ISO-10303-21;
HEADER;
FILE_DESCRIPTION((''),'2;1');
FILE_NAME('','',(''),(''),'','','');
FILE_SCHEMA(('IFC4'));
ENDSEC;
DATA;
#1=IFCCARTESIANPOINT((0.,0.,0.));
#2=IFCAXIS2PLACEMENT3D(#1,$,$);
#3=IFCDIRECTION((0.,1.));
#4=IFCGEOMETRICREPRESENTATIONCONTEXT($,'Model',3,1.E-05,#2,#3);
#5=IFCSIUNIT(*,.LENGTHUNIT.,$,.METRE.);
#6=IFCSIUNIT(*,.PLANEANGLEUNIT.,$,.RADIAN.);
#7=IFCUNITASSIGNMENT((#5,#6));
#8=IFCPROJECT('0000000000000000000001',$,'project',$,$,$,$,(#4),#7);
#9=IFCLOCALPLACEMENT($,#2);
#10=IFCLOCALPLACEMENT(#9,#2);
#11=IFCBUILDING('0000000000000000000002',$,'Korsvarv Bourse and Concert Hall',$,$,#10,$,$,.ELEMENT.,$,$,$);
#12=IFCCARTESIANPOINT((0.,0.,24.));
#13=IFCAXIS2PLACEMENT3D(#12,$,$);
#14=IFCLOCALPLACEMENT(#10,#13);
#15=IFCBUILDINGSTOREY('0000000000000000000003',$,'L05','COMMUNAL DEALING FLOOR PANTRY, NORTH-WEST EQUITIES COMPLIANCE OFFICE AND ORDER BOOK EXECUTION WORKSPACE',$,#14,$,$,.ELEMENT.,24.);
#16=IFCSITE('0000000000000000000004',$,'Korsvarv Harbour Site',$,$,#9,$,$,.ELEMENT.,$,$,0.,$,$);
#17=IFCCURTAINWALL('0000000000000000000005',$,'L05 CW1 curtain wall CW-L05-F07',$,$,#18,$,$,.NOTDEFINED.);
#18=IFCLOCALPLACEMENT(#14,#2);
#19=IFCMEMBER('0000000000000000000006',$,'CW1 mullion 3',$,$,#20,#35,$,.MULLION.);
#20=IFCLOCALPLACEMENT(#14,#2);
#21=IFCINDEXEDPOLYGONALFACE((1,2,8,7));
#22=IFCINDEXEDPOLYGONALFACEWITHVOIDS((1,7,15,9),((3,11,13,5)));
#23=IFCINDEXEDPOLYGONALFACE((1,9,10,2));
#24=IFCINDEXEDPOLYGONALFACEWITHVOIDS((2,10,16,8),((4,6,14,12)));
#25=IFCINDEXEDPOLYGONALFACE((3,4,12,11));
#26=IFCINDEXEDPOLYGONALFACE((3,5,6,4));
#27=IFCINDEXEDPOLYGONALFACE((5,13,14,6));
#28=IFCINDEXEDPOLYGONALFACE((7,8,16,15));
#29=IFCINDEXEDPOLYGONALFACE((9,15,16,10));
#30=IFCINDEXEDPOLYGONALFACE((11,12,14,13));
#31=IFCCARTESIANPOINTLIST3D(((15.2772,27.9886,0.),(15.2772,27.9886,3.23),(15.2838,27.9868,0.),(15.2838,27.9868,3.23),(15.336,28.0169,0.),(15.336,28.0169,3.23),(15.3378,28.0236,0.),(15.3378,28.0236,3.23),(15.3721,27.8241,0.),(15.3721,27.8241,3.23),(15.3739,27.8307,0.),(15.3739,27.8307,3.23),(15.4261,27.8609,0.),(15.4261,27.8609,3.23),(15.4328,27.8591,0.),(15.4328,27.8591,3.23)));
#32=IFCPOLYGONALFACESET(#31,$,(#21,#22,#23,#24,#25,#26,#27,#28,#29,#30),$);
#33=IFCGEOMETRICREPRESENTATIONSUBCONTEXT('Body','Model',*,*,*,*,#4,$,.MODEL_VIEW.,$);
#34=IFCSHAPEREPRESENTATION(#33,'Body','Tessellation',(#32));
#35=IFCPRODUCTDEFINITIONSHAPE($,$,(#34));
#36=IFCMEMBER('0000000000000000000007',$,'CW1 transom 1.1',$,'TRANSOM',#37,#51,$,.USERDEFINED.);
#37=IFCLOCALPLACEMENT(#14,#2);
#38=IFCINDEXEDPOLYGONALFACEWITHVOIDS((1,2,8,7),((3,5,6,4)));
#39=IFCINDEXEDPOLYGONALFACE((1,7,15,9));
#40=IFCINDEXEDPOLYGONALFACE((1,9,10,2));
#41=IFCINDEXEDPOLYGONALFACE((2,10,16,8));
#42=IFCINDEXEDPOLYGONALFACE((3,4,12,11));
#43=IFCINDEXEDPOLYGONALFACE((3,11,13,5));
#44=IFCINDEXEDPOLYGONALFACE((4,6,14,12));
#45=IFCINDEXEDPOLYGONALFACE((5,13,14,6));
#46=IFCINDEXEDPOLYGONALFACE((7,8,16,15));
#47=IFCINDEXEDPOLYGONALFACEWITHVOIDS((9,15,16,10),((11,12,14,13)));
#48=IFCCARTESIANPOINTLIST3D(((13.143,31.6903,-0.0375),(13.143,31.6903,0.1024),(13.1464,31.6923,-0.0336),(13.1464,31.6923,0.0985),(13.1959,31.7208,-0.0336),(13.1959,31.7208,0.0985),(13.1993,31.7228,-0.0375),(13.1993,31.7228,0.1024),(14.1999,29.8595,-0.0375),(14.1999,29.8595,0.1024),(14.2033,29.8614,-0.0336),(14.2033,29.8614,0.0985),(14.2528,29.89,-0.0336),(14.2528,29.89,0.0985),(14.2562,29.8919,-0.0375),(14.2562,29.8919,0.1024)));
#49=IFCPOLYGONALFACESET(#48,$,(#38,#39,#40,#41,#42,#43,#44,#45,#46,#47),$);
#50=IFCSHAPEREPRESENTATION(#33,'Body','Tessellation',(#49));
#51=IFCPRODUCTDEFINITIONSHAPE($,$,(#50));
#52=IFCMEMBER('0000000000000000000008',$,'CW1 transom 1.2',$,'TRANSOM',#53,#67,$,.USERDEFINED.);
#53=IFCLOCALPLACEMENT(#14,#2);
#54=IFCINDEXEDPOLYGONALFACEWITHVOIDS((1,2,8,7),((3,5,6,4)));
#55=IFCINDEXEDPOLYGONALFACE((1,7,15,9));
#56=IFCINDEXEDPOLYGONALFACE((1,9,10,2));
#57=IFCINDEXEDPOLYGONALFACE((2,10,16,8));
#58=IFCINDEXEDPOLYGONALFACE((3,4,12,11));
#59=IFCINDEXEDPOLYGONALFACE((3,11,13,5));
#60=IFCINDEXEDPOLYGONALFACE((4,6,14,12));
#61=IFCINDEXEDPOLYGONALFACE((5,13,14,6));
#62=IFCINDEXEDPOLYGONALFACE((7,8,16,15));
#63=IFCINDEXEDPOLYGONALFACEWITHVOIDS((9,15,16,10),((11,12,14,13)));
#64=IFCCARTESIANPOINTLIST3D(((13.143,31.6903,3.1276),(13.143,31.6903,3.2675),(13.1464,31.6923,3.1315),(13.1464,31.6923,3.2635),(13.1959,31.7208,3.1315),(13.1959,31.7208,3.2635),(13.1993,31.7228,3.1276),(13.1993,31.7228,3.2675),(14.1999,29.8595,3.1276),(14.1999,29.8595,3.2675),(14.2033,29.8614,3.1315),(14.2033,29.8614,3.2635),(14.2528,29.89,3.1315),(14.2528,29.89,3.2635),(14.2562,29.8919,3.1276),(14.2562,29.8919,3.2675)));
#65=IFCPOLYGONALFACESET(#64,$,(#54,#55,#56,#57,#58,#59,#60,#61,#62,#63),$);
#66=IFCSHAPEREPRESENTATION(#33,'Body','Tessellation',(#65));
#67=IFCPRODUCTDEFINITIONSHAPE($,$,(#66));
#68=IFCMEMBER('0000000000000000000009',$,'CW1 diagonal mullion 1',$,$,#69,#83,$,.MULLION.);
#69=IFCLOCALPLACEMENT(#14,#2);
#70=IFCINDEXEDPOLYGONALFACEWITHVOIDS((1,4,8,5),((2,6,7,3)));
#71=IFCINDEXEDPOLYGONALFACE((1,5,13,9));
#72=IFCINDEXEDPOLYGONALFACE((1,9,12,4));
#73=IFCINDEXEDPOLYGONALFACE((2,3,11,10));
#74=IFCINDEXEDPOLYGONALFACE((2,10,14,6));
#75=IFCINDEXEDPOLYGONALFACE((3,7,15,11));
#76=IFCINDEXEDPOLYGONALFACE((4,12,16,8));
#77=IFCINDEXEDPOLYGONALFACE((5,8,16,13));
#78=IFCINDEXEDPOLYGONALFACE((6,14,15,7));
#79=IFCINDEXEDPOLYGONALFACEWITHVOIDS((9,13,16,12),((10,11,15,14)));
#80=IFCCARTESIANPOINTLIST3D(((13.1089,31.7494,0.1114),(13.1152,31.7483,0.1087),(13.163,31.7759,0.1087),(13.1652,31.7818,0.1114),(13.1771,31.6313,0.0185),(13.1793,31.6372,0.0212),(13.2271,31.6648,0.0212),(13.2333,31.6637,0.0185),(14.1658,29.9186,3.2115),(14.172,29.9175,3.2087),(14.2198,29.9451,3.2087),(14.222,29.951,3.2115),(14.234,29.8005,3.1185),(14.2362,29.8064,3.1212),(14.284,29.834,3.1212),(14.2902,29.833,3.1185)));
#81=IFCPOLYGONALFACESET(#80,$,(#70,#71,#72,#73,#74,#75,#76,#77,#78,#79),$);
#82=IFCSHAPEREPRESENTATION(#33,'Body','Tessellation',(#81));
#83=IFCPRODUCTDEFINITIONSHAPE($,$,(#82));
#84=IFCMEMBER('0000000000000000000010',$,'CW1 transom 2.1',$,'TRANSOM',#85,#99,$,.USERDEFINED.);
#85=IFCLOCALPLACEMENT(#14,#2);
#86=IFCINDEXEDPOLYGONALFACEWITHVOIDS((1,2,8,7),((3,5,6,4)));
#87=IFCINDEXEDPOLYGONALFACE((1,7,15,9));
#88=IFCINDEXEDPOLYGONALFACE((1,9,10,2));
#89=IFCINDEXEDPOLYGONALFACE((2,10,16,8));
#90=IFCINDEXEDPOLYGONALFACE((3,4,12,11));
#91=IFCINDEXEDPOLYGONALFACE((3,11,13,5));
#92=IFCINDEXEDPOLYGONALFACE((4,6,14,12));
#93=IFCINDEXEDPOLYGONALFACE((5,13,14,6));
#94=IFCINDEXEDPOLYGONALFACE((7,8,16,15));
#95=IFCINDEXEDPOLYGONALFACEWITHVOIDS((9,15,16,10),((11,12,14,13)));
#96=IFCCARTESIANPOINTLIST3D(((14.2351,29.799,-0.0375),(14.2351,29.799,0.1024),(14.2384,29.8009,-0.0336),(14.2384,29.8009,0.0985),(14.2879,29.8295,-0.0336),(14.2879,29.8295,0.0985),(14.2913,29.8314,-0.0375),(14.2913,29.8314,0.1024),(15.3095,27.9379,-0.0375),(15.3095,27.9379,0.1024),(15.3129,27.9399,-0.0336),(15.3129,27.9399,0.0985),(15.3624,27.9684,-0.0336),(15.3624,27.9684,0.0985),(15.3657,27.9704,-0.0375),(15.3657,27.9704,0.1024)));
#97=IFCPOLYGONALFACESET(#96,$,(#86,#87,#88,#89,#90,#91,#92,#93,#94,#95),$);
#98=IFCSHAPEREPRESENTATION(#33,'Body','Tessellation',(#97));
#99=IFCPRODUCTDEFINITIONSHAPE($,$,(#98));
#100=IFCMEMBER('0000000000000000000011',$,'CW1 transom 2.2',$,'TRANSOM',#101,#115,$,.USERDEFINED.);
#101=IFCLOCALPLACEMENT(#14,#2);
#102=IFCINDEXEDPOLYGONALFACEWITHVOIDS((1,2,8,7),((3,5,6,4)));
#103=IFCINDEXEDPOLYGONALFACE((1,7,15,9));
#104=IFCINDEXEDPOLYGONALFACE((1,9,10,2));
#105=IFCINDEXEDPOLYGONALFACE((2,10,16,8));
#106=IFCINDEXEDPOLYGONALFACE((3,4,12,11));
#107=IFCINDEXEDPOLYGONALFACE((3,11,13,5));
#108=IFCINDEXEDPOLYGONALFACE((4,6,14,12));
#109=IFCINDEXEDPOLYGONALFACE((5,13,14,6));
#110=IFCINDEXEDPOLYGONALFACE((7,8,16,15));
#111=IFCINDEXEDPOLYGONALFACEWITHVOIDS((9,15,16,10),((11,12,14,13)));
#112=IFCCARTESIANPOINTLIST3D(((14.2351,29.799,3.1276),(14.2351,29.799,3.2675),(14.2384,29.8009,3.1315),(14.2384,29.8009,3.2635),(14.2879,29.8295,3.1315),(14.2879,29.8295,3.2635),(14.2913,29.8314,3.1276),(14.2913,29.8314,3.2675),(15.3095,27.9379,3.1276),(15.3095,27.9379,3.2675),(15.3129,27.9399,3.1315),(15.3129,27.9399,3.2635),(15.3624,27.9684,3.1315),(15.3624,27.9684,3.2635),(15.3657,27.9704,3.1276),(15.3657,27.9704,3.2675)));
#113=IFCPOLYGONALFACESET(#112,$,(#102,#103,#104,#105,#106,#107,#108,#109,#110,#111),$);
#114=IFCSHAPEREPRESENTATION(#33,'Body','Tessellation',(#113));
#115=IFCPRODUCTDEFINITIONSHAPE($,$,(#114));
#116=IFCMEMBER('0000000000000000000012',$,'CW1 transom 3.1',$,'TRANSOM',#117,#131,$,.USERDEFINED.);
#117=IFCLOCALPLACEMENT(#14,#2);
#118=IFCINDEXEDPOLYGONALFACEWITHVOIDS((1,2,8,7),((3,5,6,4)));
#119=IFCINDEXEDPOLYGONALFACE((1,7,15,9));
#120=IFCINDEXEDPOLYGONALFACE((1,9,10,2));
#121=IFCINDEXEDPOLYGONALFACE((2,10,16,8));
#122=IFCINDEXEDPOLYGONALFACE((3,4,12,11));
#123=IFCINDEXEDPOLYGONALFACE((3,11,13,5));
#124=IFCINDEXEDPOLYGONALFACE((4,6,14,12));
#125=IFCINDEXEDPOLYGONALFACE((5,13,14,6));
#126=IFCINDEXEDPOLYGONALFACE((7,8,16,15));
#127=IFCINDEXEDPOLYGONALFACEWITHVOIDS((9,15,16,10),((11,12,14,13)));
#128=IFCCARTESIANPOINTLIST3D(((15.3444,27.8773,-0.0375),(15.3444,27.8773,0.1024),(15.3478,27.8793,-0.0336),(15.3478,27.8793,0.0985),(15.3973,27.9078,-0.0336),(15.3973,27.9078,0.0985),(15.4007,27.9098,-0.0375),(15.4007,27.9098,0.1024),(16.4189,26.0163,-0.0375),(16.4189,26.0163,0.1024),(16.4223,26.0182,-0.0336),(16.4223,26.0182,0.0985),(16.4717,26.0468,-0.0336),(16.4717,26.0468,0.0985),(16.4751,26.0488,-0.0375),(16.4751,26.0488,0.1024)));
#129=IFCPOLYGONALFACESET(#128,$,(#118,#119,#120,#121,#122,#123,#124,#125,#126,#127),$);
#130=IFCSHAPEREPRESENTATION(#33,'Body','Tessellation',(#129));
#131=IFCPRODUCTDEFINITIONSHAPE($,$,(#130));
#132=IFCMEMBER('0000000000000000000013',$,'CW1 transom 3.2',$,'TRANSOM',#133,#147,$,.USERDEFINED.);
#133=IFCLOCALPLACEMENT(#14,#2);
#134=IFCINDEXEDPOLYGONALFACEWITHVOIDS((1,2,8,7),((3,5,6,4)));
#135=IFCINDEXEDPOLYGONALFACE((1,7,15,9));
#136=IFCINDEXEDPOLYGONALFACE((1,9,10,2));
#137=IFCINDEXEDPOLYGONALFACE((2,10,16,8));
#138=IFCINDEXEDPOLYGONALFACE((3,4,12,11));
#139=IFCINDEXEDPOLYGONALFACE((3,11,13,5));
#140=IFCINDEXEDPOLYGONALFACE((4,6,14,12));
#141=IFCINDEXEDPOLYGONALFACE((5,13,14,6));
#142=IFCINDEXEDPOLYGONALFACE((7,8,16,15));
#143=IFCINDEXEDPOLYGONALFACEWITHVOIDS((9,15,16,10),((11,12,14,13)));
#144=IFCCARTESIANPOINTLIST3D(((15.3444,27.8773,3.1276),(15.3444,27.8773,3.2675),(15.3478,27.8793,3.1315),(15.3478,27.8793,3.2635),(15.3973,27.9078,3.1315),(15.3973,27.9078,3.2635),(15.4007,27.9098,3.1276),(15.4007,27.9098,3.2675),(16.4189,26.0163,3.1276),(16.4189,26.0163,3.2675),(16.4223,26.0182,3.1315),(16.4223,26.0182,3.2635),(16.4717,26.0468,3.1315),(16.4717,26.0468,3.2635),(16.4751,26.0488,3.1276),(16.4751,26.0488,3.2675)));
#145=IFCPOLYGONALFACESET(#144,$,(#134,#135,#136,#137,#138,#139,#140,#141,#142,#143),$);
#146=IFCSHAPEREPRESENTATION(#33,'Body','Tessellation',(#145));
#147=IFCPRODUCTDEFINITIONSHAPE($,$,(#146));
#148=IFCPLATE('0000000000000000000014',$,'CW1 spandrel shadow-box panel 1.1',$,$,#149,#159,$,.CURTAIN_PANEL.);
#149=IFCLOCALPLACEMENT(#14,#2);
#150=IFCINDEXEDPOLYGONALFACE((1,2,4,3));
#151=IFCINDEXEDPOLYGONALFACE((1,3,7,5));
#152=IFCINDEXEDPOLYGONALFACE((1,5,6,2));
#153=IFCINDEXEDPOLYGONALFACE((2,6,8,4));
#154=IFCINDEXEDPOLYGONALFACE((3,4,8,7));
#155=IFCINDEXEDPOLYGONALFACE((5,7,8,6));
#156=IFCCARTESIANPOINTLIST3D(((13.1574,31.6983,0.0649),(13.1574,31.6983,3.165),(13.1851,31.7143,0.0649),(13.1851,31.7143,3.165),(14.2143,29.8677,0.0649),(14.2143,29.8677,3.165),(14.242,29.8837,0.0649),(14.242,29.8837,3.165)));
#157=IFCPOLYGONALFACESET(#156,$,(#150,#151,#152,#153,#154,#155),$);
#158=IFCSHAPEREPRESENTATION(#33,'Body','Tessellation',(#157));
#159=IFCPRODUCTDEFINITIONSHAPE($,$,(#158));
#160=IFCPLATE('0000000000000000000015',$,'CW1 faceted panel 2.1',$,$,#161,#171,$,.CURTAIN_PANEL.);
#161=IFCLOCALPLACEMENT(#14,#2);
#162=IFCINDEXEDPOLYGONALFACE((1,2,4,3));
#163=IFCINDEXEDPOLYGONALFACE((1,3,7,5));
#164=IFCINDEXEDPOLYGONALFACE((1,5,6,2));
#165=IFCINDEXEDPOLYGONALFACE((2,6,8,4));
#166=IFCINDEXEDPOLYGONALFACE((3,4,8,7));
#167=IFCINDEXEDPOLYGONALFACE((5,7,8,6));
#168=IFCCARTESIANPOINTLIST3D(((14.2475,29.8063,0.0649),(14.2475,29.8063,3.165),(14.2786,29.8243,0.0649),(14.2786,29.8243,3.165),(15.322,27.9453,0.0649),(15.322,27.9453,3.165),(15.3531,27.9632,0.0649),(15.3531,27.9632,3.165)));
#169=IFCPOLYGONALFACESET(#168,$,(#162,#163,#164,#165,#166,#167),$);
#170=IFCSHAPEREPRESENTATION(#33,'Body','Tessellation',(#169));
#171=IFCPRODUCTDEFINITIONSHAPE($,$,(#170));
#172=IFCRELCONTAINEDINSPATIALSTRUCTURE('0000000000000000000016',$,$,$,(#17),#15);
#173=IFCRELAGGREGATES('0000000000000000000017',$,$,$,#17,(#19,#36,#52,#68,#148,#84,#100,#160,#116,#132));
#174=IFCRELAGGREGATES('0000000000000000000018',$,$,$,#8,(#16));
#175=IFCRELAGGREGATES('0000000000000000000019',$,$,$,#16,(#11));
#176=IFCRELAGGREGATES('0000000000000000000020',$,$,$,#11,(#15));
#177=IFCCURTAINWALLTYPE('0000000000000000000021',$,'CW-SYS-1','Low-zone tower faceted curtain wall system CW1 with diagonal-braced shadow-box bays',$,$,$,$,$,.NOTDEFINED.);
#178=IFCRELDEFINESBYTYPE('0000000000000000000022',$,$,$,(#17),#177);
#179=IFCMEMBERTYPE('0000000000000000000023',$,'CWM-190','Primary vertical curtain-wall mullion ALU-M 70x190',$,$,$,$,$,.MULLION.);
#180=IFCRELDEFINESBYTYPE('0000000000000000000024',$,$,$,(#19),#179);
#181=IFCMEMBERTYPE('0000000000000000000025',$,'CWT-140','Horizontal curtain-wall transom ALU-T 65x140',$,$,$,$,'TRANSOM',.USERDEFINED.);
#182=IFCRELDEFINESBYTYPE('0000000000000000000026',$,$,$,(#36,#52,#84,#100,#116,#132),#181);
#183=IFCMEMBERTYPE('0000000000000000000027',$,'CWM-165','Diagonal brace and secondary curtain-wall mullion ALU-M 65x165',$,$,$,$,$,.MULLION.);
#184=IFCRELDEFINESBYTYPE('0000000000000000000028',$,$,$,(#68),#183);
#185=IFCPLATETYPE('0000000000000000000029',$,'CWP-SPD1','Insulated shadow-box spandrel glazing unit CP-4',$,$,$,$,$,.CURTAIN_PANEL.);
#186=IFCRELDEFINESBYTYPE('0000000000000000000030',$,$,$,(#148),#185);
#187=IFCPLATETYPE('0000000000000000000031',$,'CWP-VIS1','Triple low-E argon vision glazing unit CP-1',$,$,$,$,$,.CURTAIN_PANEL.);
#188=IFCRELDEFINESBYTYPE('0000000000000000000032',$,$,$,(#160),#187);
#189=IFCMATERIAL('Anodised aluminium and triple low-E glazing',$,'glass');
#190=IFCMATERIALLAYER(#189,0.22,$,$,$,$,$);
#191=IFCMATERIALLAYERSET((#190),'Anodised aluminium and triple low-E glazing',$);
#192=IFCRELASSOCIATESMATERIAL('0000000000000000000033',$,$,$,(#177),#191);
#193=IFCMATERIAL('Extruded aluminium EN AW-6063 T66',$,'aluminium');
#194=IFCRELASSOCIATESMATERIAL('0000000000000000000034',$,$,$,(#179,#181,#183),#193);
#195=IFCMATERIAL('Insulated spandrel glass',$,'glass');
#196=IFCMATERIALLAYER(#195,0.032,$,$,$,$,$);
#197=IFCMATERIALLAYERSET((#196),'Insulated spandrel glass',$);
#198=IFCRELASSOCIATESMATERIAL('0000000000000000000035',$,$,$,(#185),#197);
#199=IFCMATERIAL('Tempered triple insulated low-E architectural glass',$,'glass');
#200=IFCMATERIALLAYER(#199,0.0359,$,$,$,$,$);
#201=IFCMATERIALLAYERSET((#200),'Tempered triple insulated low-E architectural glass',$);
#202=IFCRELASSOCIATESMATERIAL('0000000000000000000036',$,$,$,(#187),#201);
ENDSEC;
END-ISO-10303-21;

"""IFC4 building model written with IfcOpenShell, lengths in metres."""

from ifc_helpers import new_model, si_unit, direction, frame, origin, origin_2d, place, context, subcontext, project, spatial, rectangle, hollow_rectangle, extrude, source, transform, mapped, material, layer, layer_set, material_profile, profile_set, type_object, element, aggregate, save


model = new_model("IFC4")

# Units and contexts
model_context = context("Model", 3, precision=1e-05, world=origin(), true_north=direction((0.0, 1.0)))
body_context = subcontext(model_context, "Body", "Model", "MODEL_VIEW")
ifc_project = project(units=[si_unit("LENGTHUNIT", "METRE"), si_unit("PLANEANGLEUNIT", "RADIAN")], contexts=[model_context])

# Site, building, storey
site_placement = place(None, origin())
site = spatial("IfcSite", under=ifc_project, at=site_placement, Name="Korsvarv Harbour Site", CompositionType="ELEMENT", RefElevation=0.0)
building_placement = place(site_placement, origin())
building = spatial("IfcBuilding", under=site, at=building_placement, Name="Korsvarv Bourse and Concert Hall", CompositionType="ELEMENT")
storey_placement = place(building_placement, frame((0.0, 0.0, 24.0)))
storey = spatial("IfcBuildingStorey", under=building, at=storey_placement, Name="L05", Description="COMMUNAL DEALING FLOOR PANTRY, NORTH-WEST EQUITIES COMPLIANCE OFFICE AND ORDER BOOK EXECUTION WORKSPACE", CompositionType="ELEMENT", Elevation=24.0)

# Curtain wall, members, plates
ifc_material_1 = material(Name="Anodised aluminium and triple low-E glazing", Category="glass")
ifc_layer_1 = layer(ifc_material_1, 0.22)
ifc_layer_set_1 = layer_set([ifc_layer_1], Name="Anodised aluminium and triple low-E glazing")
curtain_wall_type = type_object("IfcCurtainWallType", Name="CW-SYS-1", Description="Low-zone tower faceted curtain wall system CW1 with diagonal-braced shadow-box bays", PredefinedType="NOTDEFINED", material=ifc_layer_set_1)
curtain_wall_placement = place(storey_placement, origin())
curtain_wall = element("IfcCurtainWall", 1, at=curtain_wall_placement, inside=storey, type_object=curtain_wall_type, Name="L05 CW1 curtain wall CW-L05-F07", PredefinedType="NOTDEFINED")
ifc_material_2 = material(Name="Extruded aluminium EN AW-6063 T66", Category="aluminium")
ifc_material_profile_1 = material_profile(ifc_material_2, hollow_rectangle(XDim=0.0701, YDim=0.1899, WallThickness=0.0049, at=origin_2d()), Name="ALU-M 70x190")
ifc_profile_set_1 = profile_set([ifc_material_profile_1], Name="Extruded aluminium EN AW-6063 T66")
member_type_1 = type_object("IfcMemberType", Name="CWM-190", Description="Primary vertical curtain-wall mullion ALU-M 70x190", PredefinedType="MULLION", material=ifc_profile_set_1)
shared_shape_1 = source(origin(), body_context, "Body", "SweptSolid", [
    extrude(hollow_rectangle(XDim=0.0701, YDim=0.1899, WallThickness=0.0049, at=origin_2d()), origin(), (0.0, 0.0, 1.0), 3.23),
])
member_1_placement = place(storey_placement, frame((15.355, 27.9238, 0.0), z_axis=(0.0, 0.0, 1.0), x_axis=(0.866029, 0.499995, 0.0)))
member_1 = element("IfcMember", 2, at=member_1_placement, type_object=member_type_1, Name="CW1 mullion 3", PredefinedType="MULLION", context=body_context, shape_type="MappedRepresentation", body=[
    mapped(shared_shape_1, transform((0.0, 0.0, 0.0), scale=1.0)),
])
ifc_material_profile_2 = material_profile(ifc_material_2, hollow_rectangle(XDim=0.0649, YDim=0.1399, WallThickness=0.0039, at=origin_2d()), Name="ALU-T 65x140")
ifc_profile_set_2 = profile_set([ifc_material_profile_2], Name="Extruded aluminium EN AW-6063 T66")
member_type_2 = type_object("IfcMemberType", Name="CWT-140", Description="Horizontal curtain-wall transom ALU-T 65x140", ElementType="TRANSOM", PredefinedType="USERDEFINED", material=ifc_profile_set_2)
shared_shape_2 = source(origin(), body_context, "Body", "SweptSolid", [
    extrude(hollow_rectangle(XDim=0.0649, YDim=0.1399, WallThickness=0.0039, at=origin_2d()), origin(), (0.0, 0.0, 1.0), 2.114),
])
member_2_placement = place(storey_placement, frame((13.1711, 31.7065, 0.0325), z_axis=(0.499952, -0.866053, 0.0), x_axis=(0.866053, 0.499952, 0.0)))
member_2 = element("IfcMember", 3, at=member_2_placement, type_object=member_type_2, Name="CW1 transom 1.1", ObjectType="TRANSOM", PredefinedType="USERDEFINED", context=body_context, shape_type="MappedRepresentation", body=[
    mapped(shared_shape_2, transform((0.0, 0.0, 0.0), scale=1.0)),
])
member_3_placement = place(storey_placement, frame((13.1711, 31.7065, 3.1975), z_axis=(0.499952, -0.866053, 0.0), x_axis=(0.866053, 0.499952, 0.0)))
member_3 = element("IfcMember", 4, at=member_3_placement, type_object=member_type_2, Name="CW1 transom 1.2", ObjectType="TRANSOM", PredefinedType="USERDEFINED", context=body_context, shape_type="MappedRepresentation", body=[
    mapped(shared_shape_2, transform((0.0, 0.0, 0.0), scale=1.0)),
])
ifc_material_profile_3 = material_profile(ifc_material_2, hollow_rectangle(XDim=0.0649, YDim=0.165, WallThickness=0.0049, at=origin_2d()), Name="ALU-M 65x165")
ifc_profile_set_3 = profile_set([ifc_material_profile_3], Name="Extruded aluminium EN AW-6063 T66")
member_type_3 = type_object("IfcMemberType", Name="CWM-165", Description="Diagonal brace and secondary curtain-wall mullion ALU-M 65x165", PredefinedType="MULLION", material=ifc_profile_set_3)
shared_shape_3 = source(origin(), body_context, "Body", "SweptSolid", [
    extrude(hollow_rectangle(XDim=0.0649, YDim=0.165, WallThickness=0.0049, at=origin_2d()), origin(), (0.0, 0.0, 1.0), 3.7522),
])
member_4_placement = place(storey_placement, frame((13.1711, 31.7065, 0.0649), z_axis=(0.281666, -0.487922, 0.826194), x_axis=(0.866053, 0.499952, 0.0)))
member_4 = element("IfcMember", 5, at=member_4_placement, type_object=member_type_3, Name="CW1 diagonal mullion 1", PredefinedType="MULLION", context=body_context, shape_type="MappedRepresentation", body=[
    mapped(shared_shape_3, transform((0.0, 0.0, 0.0), scale=1.0)),
])
shared_shape_4 = source(origin(), body_context, "Body", "SweptSolid", [
    extrude(hollow_rectangle(XDim=0.0649, YDim=0.1399, WallThickness=0.0039, at=origin_2d()), origin(), (0.0, 0.0, 1.0), 2.1489),
])
member_5_placement = place(storey_placement, frame((14.2632, 29.8152, 0.0325), z_axis=(0.499988, -0.866032, 0.0), x_axis=(0.866032, 0.499988, 0.0)))
member_5 = element("IfcMember", 6, at=member_5_placement, type_object=member_type_2, Name="CW1 transom 2.1", ObjectType="TRANSOM", PredefinedType="USERDEFINED", context=body_context, shape_type="MappedRepresentation", body=[
    mapped(shared_shape_4, transform((0.0, 0.0, 0.0), scale=1.0)),
])
member_6_placement = place(storey_placement, frame((14.2632, 29.8152, 3.1975), z_axis=(0.499988, -0.866032, 0.0), x_axis=(0.866032, 0.499988, 0.0)))
member_6 = element("IfcMember", 7, at=member_6_placement, type_object=member_type_2, Name="CW1 transom 2.2", ObjectType="TRANSOM", PredefinedType="USERDEFINED", context=body_context, shape_type="MappedRepresentation", body=[
    mapped(shared_shape_4, transform((0.0, 0.0, 0.0), scale=1.0)),
])
member_7_placement = place(storey_placement, frame((15.3726, 27.8936, 0.0325), z_axis=(0.499988, -0.866032, 0.0), x_axis=(0.866032, 0.499988, 0.0)))
member_7 = element("IfcMember", 8, at=member_7_placement, type_object=member_type_2, Name="CW1 transom 3.1", ObjectType="TRANSOM", PredefinedType="USERDEFINED", context=body_context, shape_type="MappedRepresentation", body=[
    mapped(shared_shape_4, transform((0.0, 0.0, 0.0), scale=1.0)),
])
member_8_placement = place(storey_placement, frame((15.3726, 27.8936, 3.1975), z_axis=(0.499988, -0.866032, 0.0), x_axis=(0.866032, 0.499988, 0.0)))
member_8 = element("IfcMember", 9, at=member_8_placement, type_object=member_type_2, Name="CW1 transom 3.2", ObjectType="TRANSOM", PredefinedType="USERDEFINED", context=body_context, shape_type="MappedRepresentation", body=[
    mapped(shared_shape_4, transform((0.0, 0.0, 0.0), scale=1.0)),
])
ifc_material_3 = material(Name="Insulated spandrel glass", Category="glass")
ifc_layer_2 = layer(ifc_material_3, 0.032)
ifc_layer_set_2 = layer_set([ifc_layer_2], Name="Insulated spandrel glass")
plate_type_1 = type_object("IfcPlateType", Name="CWP-SPD1", Description="Insulated shadow-box spandrel glazing unit CP-4", PredefinedType="CURTAIN_PANEL", material=ifc_layer_set_2)
shared_shape_5 = source(origin(), body_context, "Body", "SweptSolid", [
    extrude(rectangle(XDim=2.1138, YDim=0.032, at=origin_2d()), origin(), (0.0, 0.0, 1.0), 3.1001),
])
plate_1_placement = place(storey_placement, frame((13.6997, 30.791, 0.0649), z_axis=(0.0, 0.0, 1.0), x_axis=(0.499995, -0.866029, 0.0)))
plate_1 = element("IfcPlate", 10, at=plate_1_placement, type_object=plate_type_1, Name="CW1 spandrel shadow-box panel 1.1", PredefinedType="CURTAIN_PANEL", context=body_context, shape_type="MappedRepresentation", body=[
    mapped(shared_shape_5, transform((0.0, 0.0, 0.0), scale=1.0)),
])
ifc_material_4 = material(Name="Tempered triple insulated low-E architectural glass", Category="glass")
ifc_layer_3 = layer(ifc_material_4, 0.0359)
ifc_layer_set_3 = layer_set([ifc_layer_3], Name="Tempered triple insulated low-E architectural glass")
plate_type_2 = type_object("IfcPlateType", Name="CWP-VIS1", Description="Triple low-E argon vision glazing unit CP-1", PredefinedType="CURTAIN_PANEL", material=ifc_layer_set_3)
shared_shape_6 = source(origin(), body_context, "Body", "SweptSolid", [
    extrude(rectangle(XDim=2.1489, YDim=0.0359, at=origin_2d()), origin(), (0.0, 0.0, 1.0), 3.1001),
])
plate_2_placement = place(storey_placement, frame((14.8003, 28.8848, 0.0649), z_axis=(0.0, 0.0, 1.0), x_axis=(0.499995, -0.866029, 0.0)))
plate_2 = element("IfcPlate", 11, at=plate_2_placement, type_object=plate_type_2, Name="CW1 faceted panel 2.1", PredefinedType="CURTAIN_PANEL", context=body_context, shape_type="MappedRepresentation", body=[
    mapped(shared_shape_6, transform((0.0, 0.0, 0.0), scale=1.0)),
])
aggregate(curtain_wall, [member_1, member_2, member_3, member_4, plate_1, member_5, member_6, plate_2, member_7, member_8])

save(model, "model.ifc")
